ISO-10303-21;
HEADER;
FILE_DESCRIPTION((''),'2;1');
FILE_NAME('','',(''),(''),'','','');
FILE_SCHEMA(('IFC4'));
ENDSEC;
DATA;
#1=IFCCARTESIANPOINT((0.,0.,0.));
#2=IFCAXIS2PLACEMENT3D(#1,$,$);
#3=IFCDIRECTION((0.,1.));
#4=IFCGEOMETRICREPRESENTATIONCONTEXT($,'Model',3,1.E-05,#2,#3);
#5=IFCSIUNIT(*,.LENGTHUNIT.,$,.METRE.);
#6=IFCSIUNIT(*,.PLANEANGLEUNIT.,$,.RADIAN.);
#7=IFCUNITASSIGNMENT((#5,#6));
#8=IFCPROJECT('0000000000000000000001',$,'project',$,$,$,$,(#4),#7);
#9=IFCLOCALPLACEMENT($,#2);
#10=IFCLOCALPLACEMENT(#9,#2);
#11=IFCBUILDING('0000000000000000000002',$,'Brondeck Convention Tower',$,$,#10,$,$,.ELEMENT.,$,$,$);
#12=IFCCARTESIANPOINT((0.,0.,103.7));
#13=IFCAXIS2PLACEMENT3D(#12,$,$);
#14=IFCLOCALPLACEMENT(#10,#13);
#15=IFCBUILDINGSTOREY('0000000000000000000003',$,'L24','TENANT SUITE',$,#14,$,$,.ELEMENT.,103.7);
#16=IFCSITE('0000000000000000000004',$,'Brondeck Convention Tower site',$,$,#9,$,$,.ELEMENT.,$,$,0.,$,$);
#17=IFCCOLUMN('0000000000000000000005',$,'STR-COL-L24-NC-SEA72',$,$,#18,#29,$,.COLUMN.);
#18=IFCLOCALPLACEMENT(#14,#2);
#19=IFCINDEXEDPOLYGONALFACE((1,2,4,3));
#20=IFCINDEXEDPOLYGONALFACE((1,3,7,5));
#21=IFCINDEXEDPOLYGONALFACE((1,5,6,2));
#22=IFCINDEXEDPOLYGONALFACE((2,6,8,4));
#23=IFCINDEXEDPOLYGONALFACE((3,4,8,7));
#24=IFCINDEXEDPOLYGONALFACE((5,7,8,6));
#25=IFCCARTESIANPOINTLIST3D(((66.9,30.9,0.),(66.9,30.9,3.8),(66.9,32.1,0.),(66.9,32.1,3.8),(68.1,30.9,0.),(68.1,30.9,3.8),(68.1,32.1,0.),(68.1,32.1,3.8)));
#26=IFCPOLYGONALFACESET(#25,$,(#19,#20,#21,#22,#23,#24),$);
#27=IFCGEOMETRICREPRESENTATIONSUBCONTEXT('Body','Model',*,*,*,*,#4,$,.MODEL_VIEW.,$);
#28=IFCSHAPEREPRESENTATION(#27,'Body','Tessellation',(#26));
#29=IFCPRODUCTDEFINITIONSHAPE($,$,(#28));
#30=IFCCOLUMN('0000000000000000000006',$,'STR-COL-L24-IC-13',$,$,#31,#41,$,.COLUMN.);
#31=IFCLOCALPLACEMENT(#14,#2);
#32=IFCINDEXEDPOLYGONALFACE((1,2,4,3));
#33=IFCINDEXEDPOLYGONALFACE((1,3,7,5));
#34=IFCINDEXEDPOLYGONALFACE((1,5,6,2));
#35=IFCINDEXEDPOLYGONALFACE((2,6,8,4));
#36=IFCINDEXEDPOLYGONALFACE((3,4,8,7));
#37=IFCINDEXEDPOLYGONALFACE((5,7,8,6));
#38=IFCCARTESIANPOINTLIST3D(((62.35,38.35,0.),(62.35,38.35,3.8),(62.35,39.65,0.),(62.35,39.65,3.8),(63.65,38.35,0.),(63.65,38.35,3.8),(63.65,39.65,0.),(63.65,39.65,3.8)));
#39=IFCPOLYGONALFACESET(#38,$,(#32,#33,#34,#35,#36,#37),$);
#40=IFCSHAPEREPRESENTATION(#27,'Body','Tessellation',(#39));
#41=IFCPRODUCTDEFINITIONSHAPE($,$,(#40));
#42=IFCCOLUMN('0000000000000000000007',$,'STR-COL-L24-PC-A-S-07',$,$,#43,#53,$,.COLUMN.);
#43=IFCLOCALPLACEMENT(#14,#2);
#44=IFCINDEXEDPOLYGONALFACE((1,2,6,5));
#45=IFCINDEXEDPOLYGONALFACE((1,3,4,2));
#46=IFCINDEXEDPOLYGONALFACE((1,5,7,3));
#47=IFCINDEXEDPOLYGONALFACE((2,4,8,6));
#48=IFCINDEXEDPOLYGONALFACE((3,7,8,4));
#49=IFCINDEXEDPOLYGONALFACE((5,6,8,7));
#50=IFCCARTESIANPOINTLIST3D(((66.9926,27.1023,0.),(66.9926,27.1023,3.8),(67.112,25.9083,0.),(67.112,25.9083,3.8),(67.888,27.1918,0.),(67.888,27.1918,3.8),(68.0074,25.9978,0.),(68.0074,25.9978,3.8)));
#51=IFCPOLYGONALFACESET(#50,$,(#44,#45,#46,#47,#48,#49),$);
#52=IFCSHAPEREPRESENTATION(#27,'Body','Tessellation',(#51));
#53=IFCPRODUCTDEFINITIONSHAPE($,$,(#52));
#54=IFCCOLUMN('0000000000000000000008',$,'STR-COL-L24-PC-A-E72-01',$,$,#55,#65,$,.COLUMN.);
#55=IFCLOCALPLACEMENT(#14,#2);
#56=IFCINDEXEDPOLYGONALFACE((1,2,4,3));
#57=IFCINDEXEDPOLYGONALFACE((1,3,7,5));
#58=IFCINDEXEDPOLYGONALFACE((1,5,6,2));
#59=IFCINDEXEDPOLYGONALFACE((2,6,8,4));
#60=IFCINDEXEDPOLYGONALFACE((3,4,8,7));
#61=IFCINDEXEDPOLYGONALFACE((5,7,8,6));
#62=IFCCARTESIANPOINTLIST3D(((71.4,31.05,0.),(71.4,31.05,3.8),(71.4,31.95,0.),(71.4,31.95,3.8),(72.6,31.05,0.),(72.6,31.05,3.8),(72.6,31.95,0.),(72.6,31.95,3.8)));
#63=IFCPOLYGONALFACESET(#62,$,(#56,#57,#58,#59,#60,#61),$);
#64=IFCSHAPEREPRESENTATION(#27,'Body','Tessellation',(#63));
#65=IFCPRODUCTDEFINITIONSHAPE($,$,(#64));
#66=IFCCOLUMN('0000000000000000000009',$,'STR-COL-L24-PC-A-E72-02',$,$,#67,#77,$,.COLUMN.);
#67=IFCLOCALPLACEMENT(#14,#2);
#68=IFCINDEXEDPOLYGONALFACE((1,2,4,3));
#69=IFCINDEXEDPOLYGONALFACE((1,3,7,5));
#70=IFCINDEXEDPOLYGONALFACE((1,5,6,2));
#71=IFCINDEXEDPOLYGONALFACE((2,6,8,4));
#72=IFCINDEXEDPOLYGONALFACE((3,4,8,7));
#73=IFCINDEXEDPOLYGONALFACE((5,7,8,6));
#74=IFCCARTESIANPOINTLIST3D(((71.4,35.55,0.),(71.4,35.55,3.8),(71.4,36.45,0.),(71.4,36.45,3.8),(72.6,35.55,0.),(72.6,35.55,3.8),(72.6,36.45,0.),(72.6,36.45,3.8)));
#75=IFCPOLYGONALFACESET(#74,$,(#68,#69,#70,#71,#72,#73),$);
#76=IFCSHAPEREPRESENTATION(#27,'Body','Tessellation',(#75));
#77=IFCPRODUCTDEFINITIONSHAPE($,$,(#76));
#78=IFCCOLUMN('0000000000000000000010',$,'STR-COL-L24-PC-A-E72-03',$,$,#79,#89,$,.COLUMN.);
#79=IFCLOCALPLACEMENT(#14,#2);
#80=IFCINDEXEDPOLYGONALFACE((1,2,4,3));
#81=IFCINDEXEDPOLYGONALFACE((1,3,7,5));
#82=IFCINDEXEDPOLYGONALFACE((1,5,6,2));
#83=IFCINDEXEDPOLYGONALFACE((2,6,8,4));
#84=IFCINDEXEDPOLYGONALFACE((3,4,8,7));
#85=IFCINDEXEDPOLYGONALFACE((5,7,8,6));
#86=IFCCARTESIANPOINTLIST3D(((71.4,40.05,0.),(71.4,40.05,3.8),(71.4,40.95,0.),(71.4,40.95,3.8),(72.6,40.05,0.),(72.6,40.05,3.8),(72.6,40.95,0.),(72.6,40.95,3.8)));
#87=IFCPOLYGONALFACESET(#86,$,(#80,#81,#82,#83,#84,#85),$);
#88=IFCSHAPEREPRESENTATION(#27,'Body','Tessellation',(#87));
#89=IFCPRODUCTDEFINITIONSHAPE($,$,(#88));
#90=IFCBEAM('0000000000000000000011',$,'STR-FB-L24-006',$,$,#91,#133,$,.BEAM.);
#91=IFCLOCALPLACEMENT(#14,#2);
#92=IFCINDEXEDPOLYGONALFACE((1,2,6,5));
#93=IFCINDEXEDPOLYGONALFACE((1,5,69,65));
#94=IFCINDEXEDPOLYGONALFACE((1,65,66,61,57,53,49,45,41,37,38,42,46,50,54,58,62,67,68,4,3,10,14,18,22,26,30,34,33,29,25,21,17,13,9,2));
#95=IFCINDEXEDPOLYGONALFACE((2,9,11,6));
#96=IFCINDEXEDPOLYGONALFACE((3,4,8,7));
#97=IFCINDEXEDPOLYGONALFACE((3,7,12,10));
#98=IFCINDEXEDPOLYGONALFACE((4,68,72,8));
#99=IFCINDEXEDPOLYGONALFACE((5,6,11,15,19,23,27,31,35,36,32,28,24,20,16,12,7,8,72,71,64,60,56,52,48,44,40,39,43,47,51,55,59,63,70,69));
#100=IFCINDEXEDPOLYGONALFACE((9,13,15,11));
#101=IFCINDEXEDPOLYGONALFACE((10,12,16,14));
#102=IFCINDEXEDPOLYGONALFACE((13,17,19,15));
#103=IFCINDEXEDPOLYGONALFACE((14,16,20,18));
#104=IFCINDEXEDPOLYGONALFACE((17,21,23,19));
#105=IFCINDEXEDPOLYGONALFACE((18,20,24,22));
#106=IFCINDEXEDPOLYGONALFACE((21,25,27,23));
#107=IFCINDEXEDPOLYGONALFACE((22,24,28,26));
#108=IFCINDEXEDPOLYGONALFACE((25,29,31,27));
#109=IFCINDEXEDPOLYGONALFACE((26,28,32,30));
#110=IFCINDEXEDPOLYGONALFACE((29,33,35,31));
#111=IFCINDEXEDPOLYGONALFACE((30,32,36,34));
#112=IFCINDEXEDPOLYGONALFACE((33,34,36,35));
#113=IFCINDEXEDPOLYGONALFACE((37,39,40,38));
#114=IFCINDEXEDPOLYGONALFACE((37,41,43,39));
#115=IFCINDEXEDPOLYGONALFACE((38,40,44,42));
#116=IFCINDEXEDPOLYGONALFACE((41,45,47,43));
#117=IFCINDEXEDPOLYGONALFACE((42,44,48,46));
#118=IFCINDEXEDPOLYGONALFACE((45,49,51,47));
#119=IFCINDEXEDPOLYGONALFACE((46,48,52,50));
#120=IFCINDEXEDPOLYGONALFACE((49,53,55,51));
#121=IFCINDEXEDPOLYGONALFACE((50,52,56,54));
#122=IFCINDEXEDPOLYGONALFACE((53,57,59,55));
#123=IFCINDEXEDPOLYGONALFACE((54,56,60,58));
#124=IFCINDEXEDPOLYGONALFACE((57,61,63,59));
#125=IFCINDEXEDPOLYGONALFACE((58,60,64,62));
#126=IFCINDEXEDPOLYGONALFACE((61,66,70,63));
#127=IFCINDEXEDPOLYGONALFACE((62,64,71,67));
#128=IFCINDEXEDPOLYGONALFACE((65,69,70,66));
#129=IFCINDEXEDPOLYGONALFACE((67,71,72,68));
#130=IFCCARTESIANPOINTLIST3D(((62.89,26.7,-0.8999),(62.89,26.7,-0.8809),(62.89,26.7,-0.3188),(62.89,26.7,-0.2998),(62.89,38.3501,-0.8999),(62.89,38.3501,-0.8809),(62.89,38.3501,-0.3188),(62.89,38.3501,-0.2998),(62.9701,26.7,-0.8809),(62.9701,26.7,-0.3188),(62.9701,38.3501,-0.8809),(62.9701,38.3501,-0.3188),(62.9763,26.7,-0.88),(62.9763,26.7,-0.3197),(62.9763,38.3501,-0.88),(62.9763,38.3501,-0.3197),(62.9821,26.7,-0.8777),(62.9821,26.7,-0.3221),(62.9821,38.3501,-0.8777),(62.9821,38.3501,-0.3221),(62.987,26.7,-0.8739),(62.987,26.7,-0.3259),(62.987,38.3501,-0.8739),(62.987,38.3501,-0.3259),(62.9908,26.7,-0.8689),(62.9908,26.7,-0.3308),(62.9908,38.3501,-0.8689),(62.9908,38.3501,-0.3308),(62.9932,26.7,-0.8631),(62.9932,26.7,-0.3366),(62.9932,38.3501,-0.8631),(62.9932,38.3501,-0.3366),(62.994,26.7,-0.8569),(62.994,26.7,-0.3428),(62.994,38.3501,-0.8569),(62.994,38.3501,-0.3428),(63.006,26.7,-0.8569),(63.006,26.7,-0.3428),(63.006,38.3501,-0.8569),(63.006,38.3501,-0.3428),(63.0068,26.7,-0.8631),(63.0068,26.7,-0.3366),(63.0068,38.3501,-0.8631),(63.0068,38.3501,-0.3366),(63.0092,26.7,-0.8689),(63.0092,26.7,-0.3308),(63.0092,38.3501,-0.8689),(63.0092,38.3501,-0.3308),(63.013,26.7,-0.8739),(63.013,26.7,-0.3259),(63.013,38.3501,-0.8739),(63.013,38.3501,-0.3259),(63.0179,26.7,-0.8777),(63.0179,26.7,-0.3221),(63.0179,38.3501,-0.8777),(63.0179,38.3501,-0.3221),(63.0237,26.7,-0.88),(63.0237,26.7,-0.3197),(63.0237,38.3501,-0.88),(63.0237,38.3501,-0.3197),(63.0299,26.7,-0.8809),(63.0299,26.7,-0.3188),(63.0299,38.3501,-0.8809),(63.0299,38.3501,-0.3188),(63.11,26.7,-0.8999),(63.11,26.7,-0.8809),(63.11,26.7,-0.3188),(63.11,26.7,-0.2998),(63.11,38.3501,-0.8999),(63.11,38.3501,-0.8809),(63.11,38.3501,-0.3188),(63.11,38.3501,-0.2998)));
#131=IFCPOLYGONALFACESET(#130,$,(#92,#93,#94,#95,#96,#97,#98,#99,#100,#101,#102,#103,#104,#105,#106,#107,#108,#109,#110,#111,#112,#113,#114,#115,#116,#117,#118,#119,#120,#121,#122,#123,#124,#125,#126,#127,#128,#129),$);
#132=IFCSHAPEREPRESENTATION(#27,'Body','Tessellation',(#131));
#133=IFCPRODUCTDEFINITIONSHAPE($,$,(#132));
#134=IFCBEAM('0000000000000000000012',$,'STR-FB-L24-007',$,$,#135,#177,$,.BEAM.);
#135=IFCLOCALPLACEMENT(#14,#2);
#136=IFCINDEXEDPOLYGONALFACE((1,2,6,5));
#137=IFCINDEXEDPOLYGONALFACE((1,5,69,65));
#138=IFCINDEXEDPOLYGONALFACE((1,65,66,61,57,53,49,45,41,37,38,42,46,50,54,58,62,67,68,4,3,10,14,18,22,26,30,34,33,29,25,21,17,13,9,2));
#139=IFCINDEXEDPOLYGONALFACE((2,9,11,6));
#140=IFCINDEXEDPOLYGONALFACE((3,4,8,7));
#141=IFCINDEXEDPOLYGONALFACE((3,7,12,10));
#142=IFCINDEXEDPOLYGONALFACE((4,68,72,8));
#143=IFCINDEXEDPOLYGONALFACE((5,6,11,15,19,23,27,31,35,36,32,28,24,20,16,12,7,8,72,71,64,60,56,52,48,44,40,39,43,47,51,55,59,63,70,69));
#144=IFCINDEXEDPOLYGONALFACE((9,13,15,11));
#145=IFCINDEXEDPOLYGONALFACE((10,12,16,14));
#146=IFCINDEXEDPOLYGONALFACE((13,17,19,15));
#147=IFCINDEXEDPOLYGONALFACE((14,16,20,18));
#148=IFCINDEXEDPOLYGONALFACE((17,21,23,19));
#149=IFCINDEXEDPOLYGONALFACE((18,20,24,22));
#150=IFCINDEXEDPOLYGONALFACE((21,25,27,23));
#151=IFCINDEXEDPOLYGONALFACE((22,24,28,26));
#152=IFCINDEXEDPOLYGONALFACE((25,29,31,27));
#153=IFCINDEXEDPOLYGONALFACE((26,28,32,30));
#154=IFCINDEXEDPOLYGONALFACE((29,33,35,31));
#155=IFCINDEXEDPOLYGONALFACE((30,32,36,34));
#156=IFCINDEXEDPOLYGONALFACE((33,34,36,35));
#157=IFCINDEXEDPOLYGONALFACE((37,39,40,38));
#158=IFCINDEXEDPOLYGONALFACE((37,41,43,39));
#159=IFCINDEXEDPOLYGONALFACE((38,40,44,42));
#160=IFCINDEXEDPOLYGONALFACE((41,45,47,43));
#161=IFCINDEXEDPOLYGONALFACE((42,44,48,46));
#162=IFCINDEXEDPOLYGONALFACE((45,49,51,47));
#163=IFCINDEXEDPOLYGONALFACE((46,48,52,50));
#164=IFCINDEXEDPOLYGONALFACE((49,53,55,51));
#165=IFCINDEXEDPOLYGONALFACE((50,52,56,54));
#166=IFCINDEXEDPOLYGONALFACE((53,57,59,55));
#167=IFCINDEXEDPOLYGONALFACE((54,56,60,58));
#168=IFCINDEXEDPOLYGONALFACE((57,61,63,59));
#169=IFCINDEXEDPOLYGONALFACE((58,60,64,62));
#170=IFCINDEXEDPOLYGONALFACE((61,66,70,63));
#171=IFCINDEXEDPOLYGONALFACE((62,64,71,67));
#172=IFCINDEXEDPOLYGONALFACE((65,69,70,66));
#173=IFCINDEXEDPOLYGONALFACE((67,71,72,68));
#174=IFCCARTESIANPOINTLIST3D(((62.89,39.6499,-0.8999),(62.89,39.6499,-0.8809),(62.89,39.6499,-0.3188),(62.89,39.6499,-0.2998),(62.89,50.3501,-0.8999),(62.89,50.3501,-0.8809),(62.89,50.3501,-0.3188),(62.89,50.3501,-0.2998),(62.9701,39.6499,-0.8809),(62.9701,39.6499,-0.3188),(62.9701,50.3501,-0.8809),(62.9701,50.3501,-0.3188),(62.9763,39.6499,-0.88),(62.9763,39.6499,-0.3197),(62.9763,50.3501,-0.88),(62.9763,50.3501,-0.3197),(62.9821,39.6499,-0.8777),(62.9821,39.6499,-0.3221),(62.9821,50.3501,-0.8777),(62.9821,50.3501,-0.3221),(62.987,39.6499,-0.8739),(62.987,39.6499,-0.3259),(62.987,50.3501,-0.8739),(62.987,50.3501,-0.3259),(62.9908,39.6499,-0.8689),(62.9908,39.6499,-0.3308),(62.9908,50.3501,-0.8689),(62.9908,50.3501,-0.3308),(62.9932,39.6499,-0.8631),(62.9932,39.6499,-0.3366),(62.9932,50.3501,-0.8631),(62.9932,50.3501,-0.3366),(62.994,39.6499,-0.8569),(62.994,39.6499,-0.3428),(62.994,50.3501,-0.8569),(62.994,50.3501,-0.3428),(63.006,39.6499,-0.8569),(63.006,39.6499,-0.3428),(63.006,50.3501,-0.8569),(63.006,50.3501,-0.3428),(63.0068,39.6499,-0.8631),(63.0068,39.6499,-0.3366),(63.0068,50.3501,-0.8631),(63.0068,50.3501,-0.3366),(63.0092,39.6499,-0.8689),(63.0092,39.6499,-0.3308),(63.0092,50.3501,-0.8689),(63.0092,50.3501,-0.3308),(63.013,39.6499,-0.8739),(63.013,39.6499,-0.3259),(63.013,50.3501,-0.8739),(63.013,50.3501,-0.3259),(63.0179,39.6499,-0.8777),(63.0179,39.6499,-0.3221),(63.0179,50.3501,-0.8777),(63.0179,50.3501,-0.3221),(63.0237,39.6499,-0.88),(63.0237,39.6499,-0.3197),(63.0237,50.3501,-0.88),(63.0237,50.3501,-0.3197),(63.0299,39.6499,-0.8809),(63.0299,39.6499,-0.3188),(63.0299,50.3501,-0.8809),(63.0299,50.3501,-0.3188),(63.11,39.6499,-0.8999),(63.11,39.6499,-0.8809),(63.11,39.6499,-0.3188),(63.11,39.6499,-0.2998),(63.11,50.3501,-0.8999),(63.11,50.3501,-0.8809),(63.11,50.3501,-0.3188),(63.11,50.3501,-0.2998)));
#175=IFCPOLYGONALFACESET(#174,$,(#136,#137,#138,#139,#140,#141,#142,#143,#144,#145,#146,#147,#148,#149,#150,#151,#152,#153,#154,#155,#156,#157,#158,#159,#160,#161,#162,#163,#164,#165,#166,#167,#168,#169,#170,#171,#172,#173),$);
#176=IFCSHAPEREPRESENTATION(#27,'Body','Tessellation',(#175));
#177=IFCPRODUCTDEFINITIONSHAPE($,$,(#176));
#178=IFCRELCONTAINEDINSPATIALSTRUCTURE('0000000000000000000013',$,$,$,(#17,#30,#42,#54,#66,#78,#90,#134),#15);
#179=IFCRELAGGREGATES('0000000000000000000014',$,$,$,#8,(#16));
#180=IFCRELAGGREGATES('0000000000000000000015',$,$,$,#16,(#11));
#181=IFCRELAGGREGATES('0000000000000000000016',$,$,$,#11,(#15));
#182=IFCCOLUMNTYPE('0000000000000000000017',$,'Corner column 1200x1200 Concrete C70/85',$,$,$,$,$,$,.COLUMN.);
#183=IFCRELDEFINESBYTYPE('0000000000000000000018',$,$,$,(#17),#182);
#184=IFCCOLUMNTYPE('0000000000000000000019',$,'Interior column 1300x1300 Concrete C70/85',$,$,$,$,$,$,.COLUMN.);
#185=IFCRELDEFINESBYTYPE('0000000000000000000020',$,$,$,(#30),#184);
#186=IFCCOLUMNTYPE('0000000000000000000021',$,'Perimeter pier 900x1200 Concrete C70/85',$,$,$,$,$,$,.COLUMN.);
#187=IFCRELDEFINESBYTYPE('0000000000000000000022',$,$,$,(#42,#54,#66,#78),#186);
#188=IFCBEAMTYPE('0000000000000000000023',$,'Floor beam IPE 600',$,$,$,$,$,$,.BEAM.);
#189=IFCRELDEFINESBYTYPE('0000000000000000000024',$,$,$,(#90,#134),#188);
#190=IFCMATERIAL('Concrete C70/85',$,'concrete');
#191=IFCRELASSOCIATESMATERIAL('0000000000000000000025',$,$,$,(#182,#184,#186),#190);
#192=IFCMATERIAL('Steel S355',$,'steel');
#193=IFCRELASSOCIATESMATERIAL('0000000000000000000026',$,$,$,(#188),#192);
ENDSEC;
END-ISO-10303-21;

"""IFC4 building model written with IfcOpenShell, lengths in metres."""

from ifc_helpers import new_model, si_unit, direction, frame, origin, origin_2d, place, context, subcontext, project, spatial, rectangle, i_section, extrude, material, material_profile, profile_set, type_object, element, save


model = new_model("IFC4")

# Units and contexts
model_context = context("Model", 3, precision=1e-05, world=origin(), true_north=direction((0.0, 1.0)))
body_context = subcontext(model_context, "Body", "Model", "MODEL_VIEW")
ifc_project = project(units=[si_unit("LENGTHUNIT", "METRE"), si_unit("PLANEANGLEUNIT", "RADIAN")], contexts=[model_context])

# Site, building, storey
site_placement = place(None, origin())
site = spatial("IfcSite", under=ifc_project, at=site_placement, Name="Brondeck Convention Tower site", CompositionType="ELEMENT", RefElevation=0.0)
building_placement = place(site_placement, origin())
building = spatial("IfcBuilding", under=site, at=building_placement, Name="Brondeck Convention Tower", CompositionType="ELEMENT")
storey_placement = place(building_placement, frame((0.0, 0.0, 103.7)))
storey = spatial("IfcBuildingStorey", under=building, at=storey_placement, Name="L24", Description="TENANT SUITE", CompositionType="ELEMENT", Elevation=103.7)

# Columns
ifc_material_1 = material(Name="Concrete C70/85", Category="concrete")
ifc_material_profile_1 = material_profile(ifc_material_1, rectangle(XDim=1.2, YDim=1.2, at=origin_2d()), Name="Corner column 1200x1200 Concrete C70/85")
ifc_profile_set_1 = profile_set([ifc_material_profile_1], Name="Concrete C70/85")
column_type_1 = type_object("IfcColumnType", Name="Corner column 1200x1200 Concrete C70/85", PredefinedType="COLUMN", material=ifc_profile_set_1)
column_1_placement = place(storey_placement, frame((67.5, 31.5, 0.0), z_axis=(0.0, 0.0, 1.0), x_axis=(1.0, 0.0, 0.0)))
element("IfcColumn", 1, at=column_1_placement, inside=storey, type_object=column_type_1, Name="STR-COL-L24-NC-SEA72", PredefinedType="COLUMN", context=body_context, shape_type="SweptSolid", body=[
    extrude(rectangle(XDim=1.2, YDim=1.2, at=origin_2d()), origin(), (0.0, 0.0, 1.0), 3.8),
])
ifc_material_profile_2 = material_profile(ifc_material_1, rectangle(XDim=1.3, YDim=1.3, at=origin_2d()), Name="Interior column 1300x1300 Concrete C70/85")
ifc_profile_set_2 = profile_set([ifc_material_profile_2], Name="Concrete C70/85")
column_type_2 = type_object("IfcColumnType", Name="Interior column 1300x1300 Concrete C70/85", PredefinedType="COLUMN", material=ifc_profile_set_2)
column_2_placement = place(storey_placement, frame((63.0, 39.0, 0.0), z_axis=(0.0, 0.0, 1.0), x_axis=(1.0, 0.0, 0.0)))
element("IfcColumn", 2, at=column_2_placement, inside=storey, type_object=column_type_2, Name="STR-COL-L24-IC-13", PredefinedType="COLUMN", context=body_context, shape_type="SweptSolid", body=[
    extrude(rectangle(XDim=1.3, YDim=1.3, at=origin_2d()), origin(), (0.0, 0.0, 1.0), 3.8),
])
ifc_material_profile_3 = material_profile(ifc_material_1, rectangle(XDim=0.8999, YDim=1.2, at=origin_2d()), Name="Perimeter pier 900x1200 Concrete C70/85")
ifc_profile_set_3 = profile_set([ifc_material_profile_3], Name="Concrete C70/85")
column_type_3 = type_object("IfcColumnType", Name="Perimeter pier 900x1200 Concrete C70/85", PredefinedType="COLUMN", material=ifc_profile_set_3)
for number, where, z_axis, x_axis, name in (
    (3, (67.5, 26.55, 0.0), (0.0, 0.0, 1.0), (0.995037, 0.099504, 0.0), "STR-COL-L24-PC-A-S-07"),
    (4, (72.0, 31.5, 0.0), (0.0, 0.0, 1.0), (0.0, 1.0, 0.0), "STR-COL-L24-PC-A-E72-01"),
    (5, (72.0, 36.0, 0.0), (0.0, 0.0, 1.0), (0.0, 1.0, 0.0), "STR-COL-L24-PC-A-E72-02"),
    (6, (72.0, 40.5, 0.0), (0.0, 0.0, 1.0), (0.0, 1.0, 0.0), "STR-COL-L24-PC-A-E72-03"),
):
    element("IfcColumn", number, at=place(storey_placement, frame(where, z_axis=z_axis, x_axis=x_axis)), inside=storey, type_object=column_type_3, Name=name, PredefinedType="COLUMN", context=body_context, shape_type="SweptSolid", body=[
        extrude(rectangle(XDim=0.8999, YDim=1.2, at=origin_2d()), origin(), (0.0, 0.0, 1.0), 3.8),
    ])

# Beams
ifc_material_2 = material(Name="Steel S355", Category="steel")
ifc_material_profile_4 = material_profile(ifc_material_2, i_section(OverallWidth=0.22, OverallDepth=0.6001, WebThickness=0.012, FlangeThickness=0.019, FilletRadius=0.0239, at=origin_2d()), Name="IPE 600")
ifc_profile_set_4 = profile_set([ifc_material_profile_4], Name="Steel S355")
beam_type_1 = type_object("IfcBeamType", Name="Floor beam IPE 600", PredefinedType="BEAM", material=ifc_profile_set_4)
beam_1_placement = place(storey_placement, frame((63.0, 26.7, -0.5999), z_axis=(0.0, 1.0, 0.0), x_axis=(-1.0, 0.0, 0.0)))
element("IfcBeam", 7, at=beam_1_placement, inside=storey, type_object=beam_type_1, Name="STR-FB-L24-006", PredefinedType="BEAM", context=body_context, shape_type="SweptSolid", body=[
    extrude(i_section(OverallWidth=0.22, OverallDepth=0.6001, WebThickness=0.012, FlangeThickness=0.019, FilletRadius=0.0239, at=origin_2d()), origin(), (0.0, 0.0, 1.0), 11.6501),
])
beam_2_placement = place(storey_placement, frame((63.0, 39.6499, -0.5999), z_axis=(0.0, 1.0, 0.0), x_axis=(-1.0, 0.0, 0.0)))
element("IfcBeam", 8, at=beam_2_placement, inside=storey, type_object=beam_type_1, Name="STR-FB-L24-007", PredefinedType="BEAM", context=body_context, shape_type="SweptSolid", body=[
    extrude(i_section(OverallWidth=0.22, OverallDepth=0.6001, WebThickness=0.012, FlangeThickness=0.019, FilletRadius=0.0239, at=origin_2d()), origin(), (0.0, 0.0, 1.0), 10.7002),
])

save(model, "model.ifc")
